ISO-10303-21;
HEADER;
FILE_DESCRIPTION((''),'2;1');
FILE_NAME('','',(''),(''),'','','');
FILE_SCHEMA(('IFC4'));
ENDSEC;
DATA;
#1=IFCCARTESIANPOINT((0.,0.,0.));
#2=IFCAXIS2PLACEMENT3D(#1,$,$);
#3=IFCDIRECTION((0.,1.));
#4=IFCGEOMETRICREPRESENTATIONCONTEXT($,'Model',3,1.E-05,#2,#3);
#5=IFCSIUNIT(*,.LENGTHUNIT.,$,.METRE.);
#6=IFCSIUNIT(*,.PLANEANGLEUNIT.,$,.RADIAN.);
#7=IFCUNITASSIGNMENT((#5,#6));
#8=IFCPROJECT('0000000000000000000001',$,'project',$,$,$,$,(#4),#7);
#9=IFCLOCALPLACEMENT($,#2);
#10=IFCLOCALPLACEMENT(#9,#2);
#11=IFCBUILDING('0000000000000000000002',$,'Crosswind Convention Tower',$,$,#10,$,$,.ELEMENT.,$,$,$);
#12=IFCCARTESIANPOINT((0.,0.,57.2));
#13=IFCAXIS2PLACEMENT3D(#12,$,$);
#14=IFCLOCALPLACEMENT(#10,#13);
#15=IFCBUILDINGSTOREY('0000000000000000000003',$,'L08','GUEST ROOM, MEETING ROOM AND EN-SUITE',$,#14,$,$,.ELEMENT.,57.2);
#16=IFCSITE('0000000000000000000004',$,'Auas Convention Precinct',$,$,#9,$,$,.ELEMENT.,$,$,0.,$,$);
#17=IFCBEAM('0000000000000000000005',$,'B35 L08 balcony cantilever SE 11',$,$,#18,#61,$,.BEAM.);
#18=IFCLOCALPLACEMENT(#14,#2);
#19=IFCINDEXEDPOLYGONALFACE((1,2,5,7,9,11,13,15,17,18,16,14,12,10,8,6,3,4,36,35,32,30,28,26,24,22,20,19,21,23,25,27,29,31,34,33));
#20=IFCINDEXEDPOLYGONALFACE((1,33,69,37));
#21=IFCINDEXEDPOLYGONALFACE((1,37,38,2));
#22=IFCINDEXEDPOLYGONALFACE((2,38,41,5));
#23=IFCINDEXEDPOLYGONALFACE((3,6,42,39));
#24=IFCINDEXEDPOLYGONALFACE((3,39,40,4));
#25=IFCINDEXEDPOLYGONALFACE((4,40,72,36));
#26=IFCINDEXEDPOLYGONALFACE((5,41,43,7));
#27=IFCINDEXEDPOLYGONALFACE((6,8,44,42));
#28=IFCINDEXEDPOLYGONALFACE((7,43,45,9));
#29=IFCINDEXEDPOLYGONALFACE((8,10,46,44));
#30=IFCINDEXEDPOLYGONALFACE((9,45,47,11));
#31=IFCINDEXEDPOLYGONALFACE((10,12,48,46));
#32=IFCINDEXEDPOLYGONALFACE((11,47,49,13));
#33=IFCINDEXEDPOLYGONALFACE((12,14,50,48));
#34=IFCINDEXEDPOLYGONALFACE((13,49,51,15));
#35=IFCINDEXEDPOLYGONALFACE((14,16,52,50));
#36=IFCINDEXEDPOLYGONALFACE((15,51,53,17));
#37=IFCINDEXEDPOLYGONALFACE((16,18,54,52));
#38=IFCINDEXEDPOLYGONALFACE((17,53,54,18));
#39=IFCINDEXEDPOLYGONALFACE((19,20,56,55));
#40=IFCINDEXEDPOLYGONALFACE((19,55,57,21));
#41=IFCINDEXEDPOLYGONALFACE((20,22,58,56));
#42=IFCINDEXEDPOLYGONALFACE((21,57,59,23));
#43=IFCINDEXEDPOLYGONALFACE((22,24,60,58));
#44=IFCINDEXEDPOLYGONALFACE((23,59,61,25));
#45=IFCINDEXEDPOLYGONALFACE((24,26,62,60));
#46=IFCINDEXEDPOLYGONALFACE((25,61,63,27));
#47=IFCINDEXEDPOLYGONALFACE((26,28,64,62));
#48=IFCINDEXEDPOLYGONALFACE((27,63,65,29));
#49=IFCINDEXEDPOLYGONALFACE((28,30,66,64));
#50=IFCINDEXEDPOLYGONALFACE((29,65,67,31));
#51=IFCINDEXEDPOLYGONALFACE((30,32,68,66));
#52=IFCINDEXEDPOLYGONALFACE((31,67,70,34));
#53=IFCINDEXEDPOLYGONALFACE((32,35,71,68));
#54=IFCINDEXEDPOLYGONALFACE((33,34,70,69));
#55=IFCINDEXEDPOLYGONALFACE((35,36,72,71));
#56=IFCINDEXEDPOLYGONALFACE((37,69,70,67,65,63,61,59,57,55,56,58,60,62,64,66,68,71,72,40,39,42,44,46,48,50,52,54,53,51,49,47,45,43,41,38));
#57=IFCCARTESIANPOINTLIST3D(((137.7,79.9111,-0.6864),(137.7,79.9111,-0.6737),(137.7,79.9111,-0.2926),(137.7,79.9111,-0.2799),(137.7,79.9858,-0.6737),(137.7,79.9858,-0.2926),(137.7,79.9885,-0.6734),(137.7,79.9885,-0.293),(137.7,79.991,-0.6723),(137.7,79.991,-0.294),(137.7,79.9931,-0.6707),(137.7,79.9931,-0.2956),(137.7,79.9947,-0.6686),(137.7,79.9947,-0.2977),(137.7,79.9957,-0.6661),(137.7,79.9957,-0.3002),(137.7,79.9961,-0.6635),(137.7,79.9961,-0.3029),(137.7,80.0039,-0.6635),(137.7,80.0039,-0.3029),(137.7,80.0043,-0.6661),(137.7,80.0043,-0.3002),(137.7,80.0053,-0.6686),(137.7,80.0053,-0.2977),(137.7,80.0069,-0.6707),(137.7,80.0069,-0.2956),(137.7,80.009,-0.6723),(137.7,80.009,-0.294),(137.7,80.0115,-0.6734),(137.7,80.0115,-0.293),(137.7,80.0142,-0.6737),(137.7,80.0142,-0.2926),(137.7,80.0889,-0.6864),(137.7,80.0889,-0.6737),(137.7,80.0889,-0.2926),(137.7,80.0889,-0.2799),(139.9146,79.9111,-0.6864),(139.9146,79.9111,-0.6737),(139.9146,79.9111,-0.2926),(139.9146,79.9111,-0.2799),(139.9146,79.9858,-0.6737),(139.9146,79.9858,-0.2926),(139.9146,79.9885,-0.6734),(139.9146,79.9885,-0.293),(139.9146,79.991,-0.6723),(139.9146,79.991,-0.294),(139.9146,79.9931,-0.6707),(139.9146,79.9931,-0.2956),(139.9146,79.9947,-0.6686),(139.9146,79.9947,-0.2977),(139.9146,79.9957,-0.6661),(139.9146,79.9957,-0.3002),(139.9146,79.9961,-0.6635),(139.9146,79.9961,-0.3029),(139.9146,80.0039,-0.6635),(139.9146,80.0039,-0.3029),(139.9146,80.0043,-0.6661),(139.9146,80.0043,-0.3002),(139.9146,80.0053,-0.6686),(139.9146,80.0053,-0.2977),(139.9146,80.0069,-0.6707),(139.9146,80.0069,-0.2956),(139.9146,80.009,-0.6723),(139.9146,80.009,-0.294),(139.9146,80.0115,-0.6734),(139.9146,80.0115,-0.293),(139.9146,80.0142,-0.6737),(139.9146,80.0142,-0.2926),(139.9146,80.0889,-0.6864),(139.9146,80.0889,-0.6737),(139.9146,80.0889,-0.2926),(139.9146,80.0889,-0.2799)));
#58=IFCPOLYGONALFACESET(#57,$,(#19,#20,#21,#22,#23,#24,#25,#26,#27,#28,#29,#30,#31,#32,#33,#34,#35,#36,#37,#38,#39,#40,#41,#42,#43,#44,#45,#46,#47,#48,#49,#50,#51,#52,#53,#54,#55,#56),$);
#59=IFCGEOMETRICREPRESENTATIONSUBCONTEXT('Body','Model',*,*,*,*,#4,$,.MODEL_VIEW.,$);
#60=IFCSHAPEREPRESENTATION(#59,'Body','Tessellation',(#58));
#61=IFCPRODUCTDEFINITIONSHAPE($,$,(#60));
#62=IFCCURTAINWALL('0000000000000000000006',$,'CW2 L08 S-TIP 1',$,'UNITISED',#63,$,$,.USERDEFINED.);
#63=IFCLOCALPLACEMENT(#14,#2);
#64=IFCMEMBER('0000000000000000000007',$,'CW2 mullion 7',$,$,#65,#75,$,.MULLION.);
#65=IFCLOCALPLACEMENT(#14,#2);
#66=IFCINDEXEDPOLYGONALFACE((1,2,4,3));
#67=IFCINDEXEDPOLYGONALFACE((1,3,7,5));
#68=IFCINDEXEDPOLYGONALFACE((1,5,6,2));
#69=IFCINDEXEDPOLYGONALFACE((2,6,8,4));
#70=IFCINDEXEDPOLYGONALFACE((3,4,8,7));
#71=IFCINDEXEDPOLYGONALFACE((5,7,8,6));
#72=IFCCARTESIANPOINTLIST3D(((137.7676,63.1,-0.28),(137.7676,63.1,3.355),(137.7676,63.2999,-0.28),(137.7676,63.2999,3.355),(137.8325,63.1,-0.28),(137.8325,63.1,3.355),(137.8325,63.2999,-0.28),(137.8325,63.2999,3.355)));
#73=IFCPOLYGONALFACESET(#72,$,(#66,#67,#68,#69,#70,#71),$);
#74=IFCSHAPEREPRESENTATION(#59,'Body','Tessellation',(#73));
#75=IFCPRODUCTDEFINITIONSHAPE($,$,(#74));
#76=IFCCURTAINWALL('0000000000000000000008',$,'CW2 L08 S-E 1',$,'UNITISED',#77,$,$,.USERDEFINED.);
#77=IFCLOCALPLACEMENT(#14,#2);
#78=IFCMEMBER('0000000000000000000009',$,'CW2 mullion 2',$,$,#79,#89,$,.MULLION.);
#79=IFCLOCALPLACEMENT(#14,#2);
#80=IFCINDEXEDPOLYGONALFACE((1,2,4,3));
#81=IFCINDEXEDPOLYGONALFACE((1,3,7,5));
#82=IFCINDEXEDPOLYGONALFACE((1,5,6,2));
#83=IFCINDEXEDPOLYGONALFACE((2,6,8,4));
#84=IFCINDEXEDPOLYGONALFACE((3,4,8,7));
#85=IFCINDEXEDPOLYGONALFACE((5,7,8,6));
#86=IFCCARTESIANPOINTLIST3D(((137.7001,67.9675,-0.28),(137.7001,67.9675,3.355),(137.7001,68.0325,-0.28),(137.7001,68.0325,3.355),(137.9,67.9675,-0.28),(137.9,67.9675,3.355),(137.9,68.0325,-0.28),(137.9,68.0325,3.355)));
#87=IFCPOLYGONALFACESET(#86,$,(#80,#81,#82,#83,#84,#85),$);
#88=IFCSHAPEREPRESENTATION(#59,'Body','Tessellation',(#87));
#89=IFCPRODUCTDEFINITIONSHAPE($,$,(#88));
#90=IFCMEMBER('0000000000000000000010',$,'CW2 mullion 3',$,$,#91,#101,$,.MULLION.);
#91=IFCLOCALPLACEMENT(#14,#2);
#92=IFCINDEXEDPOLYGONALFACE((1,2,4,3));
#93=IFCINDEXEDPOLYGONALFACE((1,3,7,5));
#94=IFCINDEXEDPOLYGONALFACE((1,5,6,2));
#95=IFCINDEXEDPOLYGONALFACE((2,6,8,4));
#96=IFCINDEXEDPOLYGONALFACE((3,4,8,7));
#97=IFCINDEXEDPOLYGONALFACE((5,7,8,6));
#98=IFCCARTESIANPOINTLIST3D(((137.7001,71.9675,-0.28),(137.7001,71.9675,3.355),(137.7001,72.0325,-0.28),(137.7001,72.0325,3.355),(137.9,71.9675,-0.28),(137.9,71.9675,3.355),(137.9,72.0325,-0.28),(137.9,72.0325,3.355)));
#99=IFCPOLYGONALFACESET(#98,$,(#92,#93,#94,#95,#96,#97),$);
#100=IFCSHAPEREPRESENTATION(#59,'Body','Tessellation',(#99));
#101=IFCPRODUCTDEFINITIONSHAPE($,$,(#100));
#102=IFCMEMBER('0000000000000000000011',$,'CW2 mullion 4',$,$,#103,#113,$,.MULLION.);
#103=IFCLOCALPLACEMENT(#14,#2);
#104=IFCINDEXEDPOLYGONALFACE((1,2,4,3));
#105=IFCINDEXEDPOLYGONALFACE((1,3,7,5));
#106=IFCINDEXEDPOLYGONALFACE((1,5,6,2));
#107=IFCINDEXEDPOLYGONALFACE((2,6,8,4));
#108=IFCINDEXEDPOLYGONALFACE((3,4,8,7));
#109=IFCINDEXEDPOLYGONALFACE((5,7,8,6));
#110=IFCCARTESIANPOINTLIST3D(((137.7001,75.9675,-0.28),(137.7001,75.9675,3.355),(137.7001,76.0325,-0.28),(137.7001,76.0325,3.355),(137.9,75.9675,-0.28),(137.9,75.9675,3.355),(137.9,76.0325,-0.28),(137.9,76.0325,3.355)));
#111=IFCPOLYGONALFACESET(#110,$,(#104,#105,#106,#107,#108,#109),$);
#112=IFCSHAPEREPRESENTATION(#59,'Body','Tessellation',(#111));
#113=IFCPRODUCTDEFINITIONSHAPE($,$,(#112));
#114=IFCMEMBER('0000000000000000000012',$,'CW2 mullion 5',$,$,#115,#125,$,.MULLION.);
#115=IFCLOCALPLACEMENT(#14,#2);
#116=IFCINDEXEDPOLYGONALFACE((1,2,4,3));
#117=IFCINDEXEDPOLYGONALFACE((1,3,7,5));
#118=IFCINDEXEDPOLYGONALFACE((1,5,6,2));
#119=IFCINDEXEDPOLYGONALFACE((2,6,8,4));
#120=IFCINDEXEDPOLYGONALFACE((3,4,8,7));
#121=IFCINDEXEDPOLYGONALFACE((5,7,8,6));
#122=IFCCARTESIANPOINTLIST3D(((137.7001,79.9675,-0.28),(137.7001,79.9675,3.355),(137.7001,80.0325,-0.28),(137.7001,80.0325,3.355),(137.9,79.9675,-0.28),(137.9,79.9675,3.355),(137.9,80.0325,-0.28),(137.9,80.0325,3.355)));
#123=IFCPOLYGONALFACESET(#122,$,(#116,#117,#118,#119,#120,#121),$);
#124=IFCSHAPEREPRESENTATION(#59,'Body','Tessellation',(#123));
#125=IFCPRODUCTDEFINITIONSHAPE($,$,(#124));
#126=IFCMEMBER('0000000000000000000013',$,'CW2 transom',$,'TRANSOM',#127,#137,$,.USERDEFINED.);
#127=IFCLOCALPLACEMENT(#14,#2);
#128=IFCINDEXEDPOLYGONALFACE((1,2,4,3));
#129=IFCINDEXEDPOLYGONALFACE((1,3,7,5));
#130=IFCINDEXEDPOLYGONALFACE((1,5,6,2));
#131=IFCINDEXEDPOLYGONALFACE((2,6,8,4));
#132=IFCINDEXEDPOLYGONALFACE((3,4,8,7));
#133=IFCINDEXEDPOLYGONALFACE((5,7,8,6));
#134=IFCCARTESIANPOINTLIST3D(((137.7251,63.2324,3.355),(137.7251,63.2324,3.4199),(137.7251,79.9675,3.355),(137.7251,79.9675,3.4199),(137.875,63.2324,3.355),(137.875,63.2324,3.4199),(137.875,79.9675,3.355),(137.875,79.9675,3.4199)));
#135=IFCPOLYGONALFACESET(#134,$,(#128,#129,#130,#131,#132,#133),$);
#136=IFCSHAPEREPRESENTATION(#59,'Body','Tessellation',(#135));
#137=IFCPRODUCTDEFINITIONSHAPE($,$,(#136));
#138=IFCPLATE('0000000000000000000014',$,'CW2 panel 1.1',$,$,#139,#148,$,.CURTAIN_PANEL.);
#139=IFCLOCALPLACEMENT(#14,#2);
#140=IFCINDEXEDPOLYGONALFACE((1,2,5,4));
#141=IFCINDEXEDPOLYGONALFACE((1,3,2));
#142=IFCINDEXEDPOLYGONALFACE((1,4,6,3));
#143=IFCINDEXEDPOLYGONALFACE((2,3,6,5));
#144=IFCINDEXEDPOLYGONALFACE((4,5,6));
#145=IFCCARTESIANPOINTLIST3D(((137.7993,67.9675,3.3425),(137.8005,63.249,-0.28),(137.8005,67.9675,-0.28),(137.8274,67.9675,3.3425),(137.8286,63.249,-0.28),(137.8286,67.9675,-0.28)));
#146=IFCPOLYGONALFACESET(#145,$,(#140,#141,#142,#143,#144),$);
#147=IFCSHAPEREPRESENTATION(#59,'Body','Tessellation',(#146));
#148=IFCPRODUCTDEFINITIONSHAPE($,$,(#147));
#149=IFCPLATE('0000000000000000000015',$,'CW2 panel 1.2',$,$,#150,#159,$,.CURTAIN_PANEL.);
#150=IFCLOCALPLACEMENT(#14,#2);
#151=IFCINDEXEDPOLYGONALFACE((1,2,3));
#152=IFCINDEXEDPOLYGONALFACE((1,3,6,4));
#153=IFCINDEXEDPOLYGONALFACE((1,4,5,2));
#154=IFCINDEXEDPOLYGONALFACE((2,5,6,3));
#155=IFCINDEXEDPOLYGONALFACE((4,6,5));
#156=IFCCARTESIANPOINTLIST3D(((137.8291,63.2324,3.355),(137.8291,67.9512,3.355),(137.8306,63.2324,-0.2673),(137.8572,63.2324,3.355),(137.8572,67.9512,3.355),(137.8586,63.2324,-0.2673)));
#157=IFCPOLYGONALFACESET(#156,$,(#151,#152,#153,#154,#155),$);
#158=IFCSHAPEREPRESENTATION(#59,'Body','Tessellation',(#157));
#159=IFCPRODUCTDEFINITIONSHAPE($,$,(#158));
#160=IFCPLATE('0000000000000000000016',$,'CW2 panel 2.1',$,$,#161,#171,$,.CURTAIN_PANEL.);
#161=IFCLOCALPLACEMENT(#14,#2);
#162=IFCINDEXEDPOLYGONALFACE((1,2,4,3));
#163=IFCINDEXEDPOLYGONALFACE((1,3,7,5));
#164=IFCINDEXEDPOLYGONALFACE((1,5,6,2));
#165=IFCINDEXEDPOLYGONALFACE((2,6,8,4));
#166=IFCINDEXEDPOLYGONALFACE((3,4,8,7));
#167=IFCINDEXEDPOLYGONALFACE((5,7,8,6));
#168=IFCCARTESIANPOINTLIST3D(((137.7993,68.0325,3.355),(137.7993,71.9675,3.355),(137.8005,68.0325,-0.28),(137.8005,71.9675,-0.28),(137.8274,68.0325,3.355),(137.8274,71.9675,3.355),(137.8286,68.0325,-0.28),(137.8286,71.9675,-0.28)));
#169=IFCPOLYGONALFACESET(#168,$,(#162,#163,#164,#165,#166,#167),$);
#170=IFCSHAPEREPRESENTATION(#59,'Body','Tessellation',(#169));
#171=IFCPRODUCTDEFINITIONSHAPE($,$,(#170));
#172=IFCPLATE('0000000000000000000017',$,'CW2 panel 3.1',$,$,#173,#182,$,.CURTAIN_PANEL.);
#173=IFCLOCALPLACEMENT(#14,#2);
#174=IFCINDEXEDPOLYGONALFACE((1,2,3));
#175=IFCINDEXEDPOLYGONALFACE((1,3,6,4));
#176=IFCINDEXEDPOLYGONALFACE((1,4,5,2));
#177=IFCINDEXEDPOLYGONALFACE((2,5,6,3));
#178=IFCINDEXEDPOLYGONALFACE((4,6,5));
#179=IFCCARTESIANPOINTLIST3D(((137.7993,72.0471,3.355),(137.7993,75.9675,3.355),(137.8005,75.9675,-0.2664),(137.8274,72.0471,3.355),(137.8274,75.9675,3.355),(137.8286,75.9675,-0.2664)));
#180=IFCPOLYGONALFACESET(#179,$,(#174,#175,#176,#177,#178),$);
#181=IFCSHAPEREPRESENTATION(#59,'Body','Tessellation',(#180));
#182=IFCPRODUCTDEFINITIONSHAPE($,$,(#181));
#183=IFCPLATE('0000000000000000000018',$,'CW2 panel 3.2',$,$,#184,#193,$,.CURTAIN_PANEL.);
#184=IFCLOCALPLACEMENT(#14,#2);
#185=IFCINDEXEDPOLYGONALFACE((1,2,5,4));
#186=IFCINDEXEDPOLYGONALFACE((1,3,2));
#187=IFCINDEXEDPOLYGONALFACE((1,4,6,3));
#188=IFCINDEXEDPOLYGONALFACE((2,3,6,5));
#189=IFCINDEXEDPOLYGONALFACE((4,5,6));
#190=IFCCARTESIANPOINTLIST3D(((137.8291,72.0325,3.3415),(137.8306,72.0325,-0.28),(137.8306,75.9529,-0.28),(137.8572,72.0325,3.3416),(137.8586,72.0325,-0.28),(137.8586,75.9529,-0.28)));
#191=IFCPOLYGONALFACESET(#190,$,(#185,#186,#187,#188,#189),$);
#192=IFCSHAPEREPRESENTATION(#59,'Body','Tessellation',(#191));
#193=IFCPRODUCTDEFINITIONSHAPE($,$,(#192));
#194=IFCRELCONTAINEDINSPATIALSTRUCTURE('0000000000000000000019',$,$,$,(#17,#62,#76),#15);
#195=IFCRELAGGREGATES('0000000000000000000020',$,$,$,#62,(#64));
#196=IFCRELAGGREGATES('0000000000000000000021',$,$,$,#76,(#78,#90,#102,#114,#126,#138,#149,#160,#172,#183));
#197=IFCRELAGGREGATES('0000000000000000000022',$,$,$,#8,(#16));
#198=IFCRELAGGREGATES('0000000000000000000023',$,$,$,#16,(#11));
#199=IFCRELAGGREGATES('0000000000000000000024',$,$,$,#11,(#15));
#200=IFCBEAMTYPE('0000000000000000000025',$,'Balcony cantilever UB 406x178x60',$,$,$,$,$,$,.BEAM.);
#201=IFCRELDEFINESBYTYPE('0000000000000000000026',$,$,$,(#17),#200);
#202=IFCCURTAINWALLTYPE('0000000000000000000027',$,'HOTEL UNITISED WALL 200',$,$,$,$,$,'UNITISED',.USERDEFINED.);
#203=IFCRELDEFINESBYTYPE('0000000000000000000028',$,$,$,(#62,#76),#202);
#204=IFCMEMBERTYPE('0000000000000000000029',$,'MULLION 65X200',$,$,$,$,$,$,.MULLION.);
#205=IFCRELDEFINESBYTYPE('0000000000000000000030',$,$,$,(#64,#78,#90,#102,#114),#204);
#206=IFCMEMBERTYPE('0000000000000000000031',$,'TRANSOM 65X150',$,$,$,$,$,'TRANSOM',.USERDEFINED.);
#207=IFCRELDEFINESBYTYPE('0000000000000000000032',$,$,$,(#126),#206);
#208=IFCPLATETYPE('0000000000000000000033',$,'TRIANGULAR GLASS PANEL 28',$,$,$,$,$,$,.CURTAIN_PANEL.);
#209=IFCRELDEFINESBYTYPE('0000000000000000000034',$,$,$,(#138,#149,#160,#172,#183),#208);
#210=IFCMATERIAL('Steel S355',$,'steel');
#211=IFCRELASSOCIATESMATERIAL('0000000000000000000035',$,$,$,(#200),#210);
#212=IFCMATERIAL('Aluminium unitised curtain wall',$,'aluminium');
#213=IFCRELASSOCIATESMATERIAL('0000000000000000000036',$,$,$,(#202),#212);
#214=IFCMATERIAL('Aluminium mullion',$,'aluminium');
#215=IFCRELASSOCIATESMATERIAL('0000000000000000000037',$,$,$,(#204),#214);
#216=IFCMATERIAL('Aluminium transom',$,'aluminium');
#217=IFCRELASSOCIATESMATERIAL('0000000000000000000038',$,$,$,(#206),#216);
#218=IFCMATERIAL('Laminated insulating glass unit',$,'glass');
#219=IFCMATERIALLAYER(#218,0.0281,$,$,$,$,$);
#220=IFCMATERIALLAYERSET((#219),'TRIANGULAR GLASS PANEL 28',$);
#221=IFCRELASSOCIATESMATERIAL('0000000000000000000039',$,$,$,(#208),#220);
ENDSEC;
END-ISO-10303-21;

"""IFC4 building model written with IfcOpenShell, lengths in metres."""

from ifc_helpers import new_model, si_unit, direction, frame, origin, origin_2d, place, context, subcontext, project, spatial, polyline, rectangle, i_section, outline, extrude, material, layer, layer_set, material_profile, profile_set, type_object, element, aggregate, save


model = new_model("IFC4")

# Units and contexts
model_context = context("Model", 3, precision=1e-05, world=origin(), true_north=direction((0.0, 1.0)))
body_context = subcontext(model_context, "Body", "Model", "MODEL_VIEW")
ifc_project = project(units=[si_unit("LENGTHUNIT", "METRE"), si_unit("PLANEANGLEUNIT", "RADIAN")], contexts=[model_context])

# Site, building, storey
site_placement = place(None, origin())
site = spatial("IfcSite", under=ifc_project, at=site_placement, Name="Auas Convention Precinct", CompositionType="ELEMENT", RefElevation=0.0)
building_placement = place(site_placement, origin())
building = spatial("IfcBuilding", under=site, at=building_placement, Name="Crosswind Convention Tower", CompositionType="ELEMENT")
storey_placement = place(building_placement, frame((0.0, 0.0, 57.2)))
storey = spatial("IfcBuildingStorey", under=building, at=storey_placement, Name="L08", Description="GUEST ROOM, MEETING ROOM AND EN-SUITE", CompositionType="ELEMENT", Elevation=57.2)

# Beam
ifc_material_1 = material(Name="Steel S355", Category="steel")
ifc_material_profile_1 = material_profile(ifc_material_1, i_section(OverallWidth=0.1777, OverallDepth=0.4065, WebThickness=0.0078, FlangeThickness=0.0127, FilletRadius=0.0103, at=origin_2d()), Name="UB 406x178x60")
ifc_profile_set_1 = profile_set([ifc_material_profile_1], Name="Steel S355")
beam_type = type_object("IfcBeamType", Name="Balcony cantilever UB 406x178x60", PredefinedType="BEAM", material=ifc_profile_set_1)
beam_placement = place(storey_placement, frame((137.7, 80.0, -0.4832), z_axis=(1.0, 0.0, 0.0), x_axis=(0.0, 1.0, 0.0)))
element("IfcBeam", 1, at=beam_placement, inside=storey, type_object=beam_type, Name="B35 L08 balcony cantilever SE 11", PredefinedType="BEAM", context=body_context, shape_type="SweptSolid", body=[
    extrude(i_section(OverallWidth=0.1777, OverallDepth=0.4065, WebThickness=0.0078, FlangeThickness=0.0127, FilletRadius=0.0103, at=origin_2d()), origin(), (0.0, 0.0, 1.0), 2.2146),
])

# Curtain wall, member
ifc_material_2 = material(Name="Aluminium unitised curtain wall", Category="aluminium")
curtain_wall_type = type_object("IfcCurtainWallType", Name="HOTEL UNITISED WALL 200", ElementType="UNITISED", PredefinedType="USERDEFINED", material=ifc_material_2)
curtain_wall_1_placement = place(storey_placement, origin())
curtain_wall_1 = element("IfcCurtainWall", 2, at=curtain_wall_1_placement, inside=storey, type_object=curtain_wall_type, Name="CW2 L08 S-TIP 1", ObjectType="UNITISED", PredefinedType="USERDEFINED")
ifc_material_3 = material(Name="Aluminium mullion", Category="aluminium")
ifc_material_profile_2 = material_profile(ifc_material_3, rectangle(XDim=0.2, YDim=0.0649, at=origin_2d()), Name="AL 200X65")
ifc_profile_set_2 = profile_set([ifc_material_profile_2], Name="Aluminium mullion")
member_type_1 = type_object("IfcMemberType", Name="MULLION 65X200", PredefinedType="MULLION", material=ifc_profile_set_2)
member_1_placement = place(storey_placement, frame((137.8, 63.2, -0.28), z_axis=(0.0, 0.0, 1.0), x_axis=(0.0, -1.0, 0.0)))
member_1 = element("IfcMember", 3, at=member_1_placement, type_object=member_type_1, Name="CW2 mullion 7", PredefinedType="MULLION", context=body_context, shape_type="SweptSolid", body=[
    extrude(rectangle(XDim=0.2, YDim=0.0649, at=origin_2d()), origin(), (0.0, 0.0, 1.0), 3.635),
])
aggregate(curtain_wall_1, [member_1])

# Curtain wall, members, plates
curtain_wall_2_placement = place(storey_placement, origin())
curtain_wall_2 = element("IfcCurtainWall", 4, at=curtain_wall_2_placement, inside=storey, type_object=curtain_wall_type, Name="CW2 L08 S-E 1", ObjectType="UNITISED", PredefinedType="USERDEFINED")
member_2_placement = place(storey_placement, frame((137.8, 68.0, -0.28), z_axis=(0.0, 0.0, 1.0), x_axis=(1.0, 0.0, 0.0)))
member_2 = element("IfcMember", 5, at=member_2_placement, type_object=member_type_1, Name="CW2 mullion 2", PredefinedType="MULLION", context=body_context, shape_type="SweptSolid", body=[
    extrude(rectangle(XDim=0.2, YDim=0.0649, at=origin_2d()), origin(), (0.0, 0.0, 1.0), 3.635),
])
member_3_placement = place(storey_placement, frame((137.8, 72.0, -0.28), z_axis=(0.0, 0.0, 1.0), x_axis=(1.0, 0.0, 0.0)))
member_3 = element("IfcMember", 6, at=member_3_placement, type_object=member_type_1, Name="CW2 mullion 3", PredefinedType="MULLION", context=body_context, shape_type="SweptSolid", body=[
    extrude(rectangle(XDim=0.2, YDim=0.0649, at=origin_2d()), origin(), (0.0, 0.0, 1.0), 3.635),
])
member_4_placement = place(storey_placement, frame((137.8, 76.0, -0.28), z_axis=(0.0, 0.0, 1.0), x_axis=(1.0, 0.0, 0.0)))
member_4 = element("IfcMember", 7, at=member_4_placement, type_object=member_type_1, Name="CW2 mullion 4", PredefinedType="MULLION", context=body_context, shape_type="SweptSolid", body=[
    extrude(rectangle(XDim=0.2, YDim=0.0649, at=origin_2d()), origin(), (0.0, 0.0, 1.0), 3.635),
])
member_5_placement = place(storey_placement, frame((137.8, 80.0, -0.28), z_axis=(0.0, 0.0, 1.0), x_axis=(1.0, 0.0, 0.0)))
member_5 = element("IfcMember", 8, at=member_5_placement, type_object=member_type_1, Name="CW2 mullion 5", PredefinedType="MULLION", context=body_context, shape_type="SweptSolid", body=[
    extrude(rectangle(XDim=0.2, YDim=0.0649, at=origin_2d()), origin(), (0.0, 0.0, 1.0), 3.635),
])
ifc_material_4 = material(Name="Aluminium transom", Category="aluminium")
ifc_material_profile_3 = material_profile(ifc_material_4, rectangle(XDim=0.1499, YDim=0.0649, at=origin_2d()), Name="AL 150X65")
ifc_profile_set_3 = profile_set([ifc_material_profile_3], Name="Aluminium transom")
member_type_2 = type_object("IfcMemberType", Name="TRANSOM 65X150", ElementType="TRANSOM", PredefinedType="USERDEFINED", material=ifc_profile_set_3)
member_6_placement = place(storey_placement, frame((137.8, 63.2324, 3.3875), z_axis=(0.0, 1.0, 0.0), x_axis=(-1.0, 0.0, 0.0)))
member_6 = element("IfcMember", 9, at=member_6_placement, type_object=member_type_2, Name="CW2 transom", ObjectType="TRANSOM", PredefinedType="USERDEFINED", context=body_context, shape_type="SweptSolid", body=[
    extrude(rectangle(XDim=0.1499, YDim=0.0649, at=origin_2d()), origin(), (0.0, 0.0, 1.0), 16.7351),
])
ifc_material_5 = material(Name="Laminated insulating glass unit", Category="glass")
ifc_layer_1 = layer(ifc_material_5, 0.0281)
ifc_layer_set_1 = layer_set([ifc_layer_1], Name="TRIANGULAR GLASS PANEL 28")
plate_type = type_object("IfcPlateType", Name="TRIANGULAR GLASS PANEL 28", PredefinedType="CURTAIN_PANEL", material=ifc_layer_set_1)
plate_1_placement = place(storey_placement, frame((137.8286, 67.9675, -0.28), z_axis=(1.0, 0.0, 0.000337), x_axis=(-0.000337, 0.0, 1.0)))
plate_1 = element("IfcPlate", 10, at=plate_1_placement, type_object=plate_type, Name="CW2 panel 1.1", PredefinedType="CURTAIN_PANEL", context=body_context, shape_type="SweptSolid", body=[
    extrude(outline(polyline([(0.0, 0.0), (3.6226, 0.0), (0.0, 4.7185), (0.0, 0.0)])), origin(), (0.0, 0.0, -1.0), 0.0281),
])
plate_2_placement = place(storey_placement, frame((137.8572, 63.2324, 3.355), z_axis=(1.0, 0.0, 0.000404), x_axis=(0.000404, 0.0, -1.0)))
plate_2 = element("IfcPlate", 11, at=plate_2_placement, type_object=plate_type, Name="CW2 panel 1.2", PredefinedType="CURTAIN_PANEL", context=body_context, shape_type="SweptSolid", body=[
    extrude(outline(polyline([(0.0, 0.0), (3.6223, 0.0), (0.0, 4.7188), (0.0, 0.0)])), origin(), (0.0, 0.0, -1.0), 0.0281),
])
plate_3_placement = place(storey_placement, frame((137.8286, 68.0325, -0.28), z_axis=(1.0, 0.0, 0.000336), x_axis=(0.0, 1.0, 0.0)))
plate_3 = element("IfcPlate", 12, at=plate_3_placement, type_object=plate_type, Name="CW2 panel 2.1", PredefinedType="CURTAIN_PANEL", context=body_context, shape_type="SweptSolid", body=[
    extrude(outline(polyline([(0.0, 0.0), (3.9351, 0.0), (3.9351, 3.635), (0.0, 3.635), (0.0, 0.0)])), origin(), (0.0, 0.0, -1.0), 0.0281),
])
plate_4_placement = place(storey_placement, frame((137.8274, 75.9675, 3.355), z_axis=(1.0, 0.0, 0.000337), x_axis=(0.0, -1.0, 0.0)))
plate_4 = element("IfcPlate", 13, at=plate_4_placement, type_object=plate_type, Name="CW2 panel 3.1", PredefinedType="CURTAIN_PANEL", context=body_context, shape_type="SweptSolid", body=[
    extrude(outline(polyline([(0.0, 0.0), (3.9204, 0.0), (0.0, 3.6213), (0.0, 0.0)])), origin(), (0.0, 0.0, -1.0), 0.0281),
])
plate_5_placement = place(storey_placement, frame((137.8586, 72.0325, -0.28), z_axis=(1.0, 0.0, 0.000404), x_axis=(0.0, 1.0, 0.0)))
plate_5 = element("IfcPlate", 14, at=plate_5_placement, type_object=plate_type, Name="CW2 panel 3.2", PredefinedType="CURTAIN_PANEL", context=body_context, shape_type="SweptSolid", body=[
    extrude(outline(polyline([(0.0, 0.0), (3.9204, 0.0), (0.0, 3.6216), (0.0, 0.0)])), origin(), (0.0, 0.0, -1.0), 0.0281),
])

aggregate(curtain_wall_2, [member_2, member_3, member_4, member_5, member_6, plate_1, plate_2, plate_3, plate_4, plate_5])

save(model, "model.ifc")
